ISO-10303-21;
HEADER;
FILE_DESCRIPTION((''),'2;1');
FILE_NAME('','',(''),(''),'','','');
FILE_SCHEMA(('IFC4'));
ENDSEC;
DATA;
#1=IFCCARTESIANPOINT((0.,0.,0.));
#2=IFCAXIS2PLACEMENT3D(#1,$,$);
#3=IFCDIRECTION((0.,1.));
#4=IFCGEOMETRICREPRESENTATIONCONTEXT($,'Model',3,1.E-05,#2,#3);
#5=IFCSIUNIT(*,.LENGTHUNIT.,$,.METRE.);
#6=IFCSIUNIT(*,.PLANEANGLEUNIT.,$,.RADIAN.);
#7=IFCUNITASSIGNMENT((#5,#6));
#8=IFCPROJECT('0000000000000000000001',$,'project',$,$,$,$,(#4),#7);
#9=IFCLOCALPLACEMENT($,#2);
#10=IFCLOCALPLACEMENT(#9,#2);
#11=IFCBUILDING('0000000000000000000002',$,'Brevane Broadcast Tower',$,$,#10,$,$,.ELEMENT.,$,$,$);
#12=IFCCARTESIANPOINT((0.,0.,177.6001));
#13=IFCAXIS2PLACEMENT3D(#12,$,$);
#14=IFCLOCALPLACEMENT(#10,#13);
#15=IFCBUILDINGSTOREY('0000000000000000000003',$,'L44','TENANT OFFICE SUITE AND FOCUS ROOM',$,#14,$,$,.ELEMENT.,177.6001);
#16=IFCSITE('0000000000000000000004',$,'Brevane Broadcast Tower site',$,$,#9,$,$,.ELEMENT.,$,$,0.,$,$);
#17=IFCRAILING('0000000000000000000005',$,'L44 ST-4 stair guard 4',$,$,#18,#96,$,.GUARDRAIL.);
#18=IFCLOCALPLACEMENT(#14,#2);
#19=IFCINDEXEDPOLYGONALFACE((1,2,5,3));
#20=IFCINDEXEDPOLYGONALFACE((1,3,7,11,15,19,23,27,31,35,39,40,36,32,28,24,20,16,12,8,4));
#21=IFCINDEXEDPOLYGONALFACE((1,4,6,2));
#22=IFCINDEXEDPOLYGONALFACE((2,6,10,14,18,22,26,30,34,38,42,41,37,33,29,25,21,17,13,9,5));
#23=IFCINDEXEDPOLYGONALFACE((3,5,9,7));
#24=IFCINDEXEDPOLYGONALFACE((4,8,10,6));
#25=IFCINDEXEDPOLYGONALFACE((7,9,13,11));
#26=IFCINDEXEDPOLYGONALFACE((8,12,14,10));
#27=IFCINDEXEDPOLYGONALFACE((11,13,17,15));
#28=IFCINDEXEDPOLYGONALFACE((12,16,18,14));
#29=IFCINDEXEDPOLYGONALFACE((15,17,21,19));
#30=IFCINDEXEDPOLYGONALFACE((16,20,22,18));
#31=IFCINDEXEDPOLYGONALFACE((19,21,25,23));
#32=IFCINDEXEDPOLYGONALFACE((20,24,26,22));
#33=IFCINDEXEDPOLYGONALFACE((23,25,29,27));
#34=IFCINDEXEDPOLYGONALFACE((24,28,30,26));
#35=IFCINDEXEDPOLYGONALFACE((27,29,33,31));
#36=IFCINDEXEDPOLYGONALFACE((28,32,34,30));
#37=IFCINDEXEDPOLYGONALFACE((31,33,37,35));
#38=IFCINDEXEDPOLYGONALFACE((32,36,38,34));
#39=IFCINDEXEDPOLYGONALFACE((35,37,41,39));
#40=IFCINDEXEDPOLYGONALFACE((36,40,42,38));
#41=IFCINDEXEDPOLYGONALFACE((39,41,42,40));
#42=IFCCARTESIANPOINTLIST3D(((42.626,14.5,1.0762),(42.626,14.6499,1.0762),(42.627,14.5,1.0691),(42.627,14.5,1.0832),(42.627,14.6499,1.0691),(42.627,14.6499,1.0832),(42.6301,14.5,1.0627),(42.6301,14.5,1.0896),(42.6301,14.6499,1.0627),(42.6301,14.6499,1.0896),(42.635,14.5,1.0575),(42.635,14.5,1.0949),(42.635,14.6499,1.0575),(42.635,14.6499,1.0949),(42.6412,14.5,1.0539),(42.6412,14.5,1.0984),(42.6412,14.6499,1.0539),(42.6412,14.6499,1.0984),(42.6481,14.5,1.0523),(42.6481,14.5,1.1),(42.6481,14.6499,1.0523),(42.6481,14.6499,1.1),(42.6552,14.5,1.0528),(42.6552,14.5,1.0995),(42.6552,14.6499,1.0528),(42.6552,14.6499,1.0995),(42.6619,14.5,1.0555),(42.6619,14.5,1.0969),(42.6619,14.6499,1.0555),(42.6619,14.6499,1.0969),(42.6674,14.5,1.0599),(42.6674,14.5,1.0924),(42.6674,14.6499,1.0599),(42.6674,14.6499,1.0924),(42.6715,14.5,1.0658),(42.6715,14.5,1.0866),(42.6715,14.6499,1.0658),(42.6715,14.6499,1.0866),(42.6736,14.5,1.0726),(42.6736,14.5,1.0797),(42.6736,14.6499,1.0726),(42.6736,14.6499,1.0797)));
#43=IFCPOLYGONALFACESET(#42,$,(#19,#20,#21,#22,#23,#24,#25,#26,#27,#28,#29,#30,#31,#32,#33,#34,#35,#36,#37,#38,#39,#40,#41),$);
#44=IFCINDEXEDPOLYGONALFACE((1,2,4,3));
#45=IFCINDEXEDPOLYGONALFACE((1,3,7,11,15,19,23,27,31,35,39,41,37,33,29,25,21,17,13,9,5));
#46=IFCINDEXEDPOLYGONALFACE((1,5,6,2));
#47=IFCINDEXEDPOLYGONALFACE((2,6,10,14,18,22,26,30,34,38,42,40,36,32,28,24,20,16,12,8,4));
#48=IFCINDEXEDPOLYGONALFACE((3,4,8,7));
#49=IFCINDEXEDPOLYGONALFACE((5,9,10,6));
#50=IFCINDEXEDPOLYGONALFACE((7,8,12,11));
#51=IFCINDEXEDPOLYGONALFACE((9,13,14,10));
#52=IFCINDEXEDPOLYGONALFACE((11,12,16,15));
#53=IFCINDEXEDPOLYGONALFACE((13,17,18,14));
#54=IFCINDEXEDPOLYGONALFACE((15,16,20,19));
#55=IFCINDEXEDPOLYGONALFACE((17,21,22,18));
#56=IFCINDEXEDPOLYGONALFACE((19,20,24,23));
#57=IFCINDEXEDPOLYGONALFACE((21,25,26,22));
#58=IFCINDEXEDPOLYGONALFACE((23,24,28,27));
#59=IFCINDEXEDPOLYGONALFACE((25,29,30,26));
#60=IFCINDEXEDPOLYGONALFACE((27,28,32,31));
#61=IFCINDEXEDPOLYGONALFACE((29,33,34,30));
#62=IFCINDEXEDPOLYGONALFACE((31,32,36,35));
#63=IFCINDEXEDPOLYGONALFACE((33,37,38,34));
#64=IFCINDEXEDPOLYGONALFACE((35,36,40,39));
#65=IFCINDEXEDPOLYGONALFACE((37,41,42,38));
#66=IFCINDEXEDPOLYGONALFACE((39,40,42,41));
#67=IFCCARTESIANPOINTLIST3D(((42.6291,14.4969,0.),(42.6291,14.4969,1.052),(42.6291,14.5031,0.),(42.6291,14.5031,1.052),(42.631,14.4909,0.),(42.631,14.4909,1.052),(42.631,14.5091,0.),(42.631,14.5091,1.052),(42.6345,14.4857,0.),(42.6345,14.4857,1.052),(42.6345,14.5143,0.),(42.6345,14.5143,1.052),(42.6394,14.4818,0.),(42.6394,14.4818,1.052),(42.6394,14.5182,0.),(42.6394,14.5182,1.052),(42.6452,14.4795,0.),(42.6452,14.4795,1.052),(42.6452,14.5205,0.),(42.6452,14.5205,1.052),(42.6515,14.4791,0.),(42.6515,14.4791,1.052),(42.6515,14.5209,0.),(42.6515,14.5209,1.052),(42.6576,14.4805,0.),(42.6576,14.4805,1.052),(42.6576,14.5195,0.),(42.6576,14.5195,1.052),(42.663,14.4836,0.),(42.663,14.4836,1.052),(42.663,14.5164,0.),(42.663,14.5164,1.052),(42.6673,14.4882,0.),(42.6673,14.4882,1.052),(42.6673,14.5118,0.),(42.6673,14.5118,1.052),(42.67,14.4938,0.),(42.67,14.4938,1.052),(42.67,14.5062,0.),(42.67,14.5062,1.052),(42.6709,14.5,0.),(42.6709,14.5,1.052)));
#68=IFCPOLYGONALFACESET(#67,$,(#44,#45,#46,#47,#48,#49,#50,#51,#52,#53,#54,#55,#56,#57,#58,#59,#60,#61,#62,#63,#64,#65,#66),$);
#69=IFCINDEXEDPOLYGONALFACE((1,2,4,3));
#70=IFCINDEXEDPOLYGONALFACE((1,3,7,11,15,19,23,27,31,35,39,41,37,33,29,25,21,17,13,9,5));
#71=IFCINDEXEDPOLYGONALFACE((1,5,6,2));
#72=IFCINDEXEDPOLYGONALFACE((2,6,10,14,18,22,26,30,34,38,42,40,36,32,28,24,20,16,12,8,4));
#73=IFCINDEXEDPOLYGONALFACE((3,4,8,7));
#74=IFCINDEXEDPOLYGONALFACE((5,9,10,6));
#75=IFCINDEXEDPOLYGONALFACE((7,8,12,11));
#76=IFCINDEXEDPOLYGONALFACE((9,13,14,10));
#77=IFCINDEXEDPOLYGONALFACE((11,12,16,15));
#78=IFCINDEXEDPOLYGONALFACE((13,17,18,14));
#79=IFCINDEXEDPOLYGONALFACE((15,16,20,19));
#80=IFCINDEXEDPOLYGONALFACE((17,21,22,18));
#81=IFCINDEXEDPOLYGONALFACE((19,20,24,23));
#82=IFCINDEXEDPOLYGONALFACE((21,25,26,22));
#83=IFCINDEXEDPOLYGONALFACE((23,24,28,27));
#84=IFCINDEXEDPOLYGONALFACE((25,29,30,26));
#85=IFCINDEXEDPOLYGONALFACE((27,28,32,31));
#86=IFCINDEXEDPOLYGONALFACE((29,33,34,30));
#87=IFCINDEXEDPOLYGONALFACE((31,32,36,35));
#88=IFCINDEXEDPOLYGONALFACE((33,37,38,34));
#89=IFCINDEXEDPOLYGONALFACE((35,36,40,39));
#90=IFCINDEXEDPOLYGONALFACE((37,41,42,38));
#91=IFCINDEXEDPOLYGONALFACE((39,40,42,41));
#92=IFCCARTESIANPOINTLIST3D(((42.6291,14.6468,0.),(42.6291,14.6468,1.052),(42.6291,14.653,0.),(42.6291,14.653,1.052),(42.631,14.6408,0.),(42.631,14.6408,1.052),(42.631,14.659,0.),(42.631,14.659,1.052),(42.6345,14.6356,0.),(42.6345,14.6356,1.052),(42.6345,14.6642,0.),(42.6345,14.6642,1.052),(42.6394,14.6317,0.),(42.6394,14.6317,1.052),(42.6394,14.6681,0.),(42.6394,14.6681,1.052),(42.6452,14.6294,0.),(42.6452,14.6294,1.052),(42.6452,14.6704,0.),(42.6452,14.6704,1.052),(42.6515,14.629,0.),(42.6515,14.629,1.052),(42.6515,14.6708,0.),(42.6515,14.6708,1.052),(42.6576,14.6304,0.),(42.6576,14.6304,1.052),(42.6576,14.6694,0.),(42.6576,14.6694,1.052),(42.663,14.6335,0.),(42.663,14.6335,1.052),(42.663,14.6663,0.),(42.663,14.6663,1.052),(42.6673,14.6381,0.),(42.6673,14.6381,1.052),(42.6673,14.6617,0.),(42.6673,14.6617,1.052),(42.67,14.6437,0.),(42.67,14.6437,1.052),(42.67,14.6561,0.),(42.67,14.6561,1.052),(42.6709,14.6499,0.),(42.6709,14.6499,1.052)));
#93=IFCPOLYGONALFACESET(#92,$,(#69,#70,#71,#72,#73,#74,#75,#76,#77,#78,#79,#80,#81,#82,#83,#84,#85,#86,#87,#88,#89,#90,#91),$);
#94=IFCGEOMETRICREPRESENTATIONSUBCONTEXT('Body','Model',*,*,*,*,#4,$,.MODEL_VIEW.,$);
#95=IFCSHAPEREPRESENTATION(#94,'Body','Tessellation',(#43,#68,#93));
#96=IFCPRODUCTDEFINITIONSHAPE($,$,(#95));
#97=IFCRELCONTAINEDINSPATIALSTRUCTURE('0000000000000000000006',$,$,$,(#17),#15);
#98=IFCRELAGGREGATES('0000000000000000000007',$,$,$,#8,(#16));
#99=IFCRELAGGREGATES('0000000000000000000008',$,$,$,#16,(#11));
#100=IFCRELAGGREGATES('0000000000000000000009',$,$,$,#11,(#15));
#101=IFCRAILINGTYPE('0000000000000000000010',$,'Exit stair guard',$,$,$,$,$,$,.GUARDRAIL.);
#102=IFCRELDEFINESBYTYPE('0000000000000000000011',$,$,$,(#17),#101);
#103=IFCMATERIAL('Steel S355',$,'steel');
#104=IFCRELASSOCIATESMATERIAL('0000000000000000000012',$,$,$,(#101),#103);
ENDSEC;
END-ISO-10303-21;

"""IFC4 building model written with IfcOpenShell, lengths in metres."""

from ifc_helpers import new_model, si_unit, direction, frame, origin, origin_2d, place, context, subcontext, project, spatial, circle, extrude, material, type_object, element, save


model = new_model("IFC4")

# Units and contexts
model_context = context("Model", 3, precision=1e-05, world=origin(), true_north=direction((0.0, 1.0)))
body_context = subcontext(model_context, "Body", "Model", "MODEL_VIEW")
ifc_project = project(units=[si_unit("LENGTHUNIT", "METRE"), si_unit("PLANEANGLEUNIT", "RADIAN")], contexts=[model_context])

# Site, building, storey
site_placement = place(None, origin())
site = spatial("IfcSite", under=ifc_project, at=site_placement, Name="Brevane Broadcast Tower site", CompositionType="ELEMENT", RefElevation=0.0)
building_placement = place(site_placement, origin())
building = spatial("IfcBuilding", under=site, at=building_placement, Name="Brevane Broadcast Tower", CompositionType="ELEMENT")
storey_placement = place(building_placement, frame((0.0, 0.0, 177.6001)))
storey = spatial("IfcBuildingStorey", under=building, at=storey_placement, Name="L44", Description="TENANT OFFICE SUITE AND FOCUS ROOM", CompositionType="ELEMENT", Elevation=177.6001)

# Railing
ifc_material_1 = material(Name="Steel S355", Category="steel")
railing_type_1 = type_object("IfcRailingType", Name="Exit stair guard", PredefinedType="GUARDRAIL", material=ifc_material_1)
railing_1_placement = place(storey_placement, frame((42.6499, 14.5, 0.0)))
element("IfcRailing", 1, at=railing_1_placement, inside=storey, type_object=railing_type_1, Name="L44 ST-4 stair guard 4", PredefinedType="GUARDRAIL", context=body_context, shape_type="SweptSolid", body=[
    extrude(circle(Radius=0.0239, at=origin_2d()), frame((0.0, 0.0, 1.0762), z_axis=(0.0, 1.0, 0.0), x_axis=(-1.0, 0.0, 0.0)), (0.0, 0.0, 1.0), 0.1499),
    extrude(circle(Radius=0.021, at=origin_2d()), origin(), (0.0, 0.0, 1.0), 1.052),
    extrude(circle(Radius=0.021, at=origin_2d()), frame((0.0, 0.1499, 0.0)), (0.0, 0.0, 1.0), 1.052),
])

save(model, "model.ifc")
